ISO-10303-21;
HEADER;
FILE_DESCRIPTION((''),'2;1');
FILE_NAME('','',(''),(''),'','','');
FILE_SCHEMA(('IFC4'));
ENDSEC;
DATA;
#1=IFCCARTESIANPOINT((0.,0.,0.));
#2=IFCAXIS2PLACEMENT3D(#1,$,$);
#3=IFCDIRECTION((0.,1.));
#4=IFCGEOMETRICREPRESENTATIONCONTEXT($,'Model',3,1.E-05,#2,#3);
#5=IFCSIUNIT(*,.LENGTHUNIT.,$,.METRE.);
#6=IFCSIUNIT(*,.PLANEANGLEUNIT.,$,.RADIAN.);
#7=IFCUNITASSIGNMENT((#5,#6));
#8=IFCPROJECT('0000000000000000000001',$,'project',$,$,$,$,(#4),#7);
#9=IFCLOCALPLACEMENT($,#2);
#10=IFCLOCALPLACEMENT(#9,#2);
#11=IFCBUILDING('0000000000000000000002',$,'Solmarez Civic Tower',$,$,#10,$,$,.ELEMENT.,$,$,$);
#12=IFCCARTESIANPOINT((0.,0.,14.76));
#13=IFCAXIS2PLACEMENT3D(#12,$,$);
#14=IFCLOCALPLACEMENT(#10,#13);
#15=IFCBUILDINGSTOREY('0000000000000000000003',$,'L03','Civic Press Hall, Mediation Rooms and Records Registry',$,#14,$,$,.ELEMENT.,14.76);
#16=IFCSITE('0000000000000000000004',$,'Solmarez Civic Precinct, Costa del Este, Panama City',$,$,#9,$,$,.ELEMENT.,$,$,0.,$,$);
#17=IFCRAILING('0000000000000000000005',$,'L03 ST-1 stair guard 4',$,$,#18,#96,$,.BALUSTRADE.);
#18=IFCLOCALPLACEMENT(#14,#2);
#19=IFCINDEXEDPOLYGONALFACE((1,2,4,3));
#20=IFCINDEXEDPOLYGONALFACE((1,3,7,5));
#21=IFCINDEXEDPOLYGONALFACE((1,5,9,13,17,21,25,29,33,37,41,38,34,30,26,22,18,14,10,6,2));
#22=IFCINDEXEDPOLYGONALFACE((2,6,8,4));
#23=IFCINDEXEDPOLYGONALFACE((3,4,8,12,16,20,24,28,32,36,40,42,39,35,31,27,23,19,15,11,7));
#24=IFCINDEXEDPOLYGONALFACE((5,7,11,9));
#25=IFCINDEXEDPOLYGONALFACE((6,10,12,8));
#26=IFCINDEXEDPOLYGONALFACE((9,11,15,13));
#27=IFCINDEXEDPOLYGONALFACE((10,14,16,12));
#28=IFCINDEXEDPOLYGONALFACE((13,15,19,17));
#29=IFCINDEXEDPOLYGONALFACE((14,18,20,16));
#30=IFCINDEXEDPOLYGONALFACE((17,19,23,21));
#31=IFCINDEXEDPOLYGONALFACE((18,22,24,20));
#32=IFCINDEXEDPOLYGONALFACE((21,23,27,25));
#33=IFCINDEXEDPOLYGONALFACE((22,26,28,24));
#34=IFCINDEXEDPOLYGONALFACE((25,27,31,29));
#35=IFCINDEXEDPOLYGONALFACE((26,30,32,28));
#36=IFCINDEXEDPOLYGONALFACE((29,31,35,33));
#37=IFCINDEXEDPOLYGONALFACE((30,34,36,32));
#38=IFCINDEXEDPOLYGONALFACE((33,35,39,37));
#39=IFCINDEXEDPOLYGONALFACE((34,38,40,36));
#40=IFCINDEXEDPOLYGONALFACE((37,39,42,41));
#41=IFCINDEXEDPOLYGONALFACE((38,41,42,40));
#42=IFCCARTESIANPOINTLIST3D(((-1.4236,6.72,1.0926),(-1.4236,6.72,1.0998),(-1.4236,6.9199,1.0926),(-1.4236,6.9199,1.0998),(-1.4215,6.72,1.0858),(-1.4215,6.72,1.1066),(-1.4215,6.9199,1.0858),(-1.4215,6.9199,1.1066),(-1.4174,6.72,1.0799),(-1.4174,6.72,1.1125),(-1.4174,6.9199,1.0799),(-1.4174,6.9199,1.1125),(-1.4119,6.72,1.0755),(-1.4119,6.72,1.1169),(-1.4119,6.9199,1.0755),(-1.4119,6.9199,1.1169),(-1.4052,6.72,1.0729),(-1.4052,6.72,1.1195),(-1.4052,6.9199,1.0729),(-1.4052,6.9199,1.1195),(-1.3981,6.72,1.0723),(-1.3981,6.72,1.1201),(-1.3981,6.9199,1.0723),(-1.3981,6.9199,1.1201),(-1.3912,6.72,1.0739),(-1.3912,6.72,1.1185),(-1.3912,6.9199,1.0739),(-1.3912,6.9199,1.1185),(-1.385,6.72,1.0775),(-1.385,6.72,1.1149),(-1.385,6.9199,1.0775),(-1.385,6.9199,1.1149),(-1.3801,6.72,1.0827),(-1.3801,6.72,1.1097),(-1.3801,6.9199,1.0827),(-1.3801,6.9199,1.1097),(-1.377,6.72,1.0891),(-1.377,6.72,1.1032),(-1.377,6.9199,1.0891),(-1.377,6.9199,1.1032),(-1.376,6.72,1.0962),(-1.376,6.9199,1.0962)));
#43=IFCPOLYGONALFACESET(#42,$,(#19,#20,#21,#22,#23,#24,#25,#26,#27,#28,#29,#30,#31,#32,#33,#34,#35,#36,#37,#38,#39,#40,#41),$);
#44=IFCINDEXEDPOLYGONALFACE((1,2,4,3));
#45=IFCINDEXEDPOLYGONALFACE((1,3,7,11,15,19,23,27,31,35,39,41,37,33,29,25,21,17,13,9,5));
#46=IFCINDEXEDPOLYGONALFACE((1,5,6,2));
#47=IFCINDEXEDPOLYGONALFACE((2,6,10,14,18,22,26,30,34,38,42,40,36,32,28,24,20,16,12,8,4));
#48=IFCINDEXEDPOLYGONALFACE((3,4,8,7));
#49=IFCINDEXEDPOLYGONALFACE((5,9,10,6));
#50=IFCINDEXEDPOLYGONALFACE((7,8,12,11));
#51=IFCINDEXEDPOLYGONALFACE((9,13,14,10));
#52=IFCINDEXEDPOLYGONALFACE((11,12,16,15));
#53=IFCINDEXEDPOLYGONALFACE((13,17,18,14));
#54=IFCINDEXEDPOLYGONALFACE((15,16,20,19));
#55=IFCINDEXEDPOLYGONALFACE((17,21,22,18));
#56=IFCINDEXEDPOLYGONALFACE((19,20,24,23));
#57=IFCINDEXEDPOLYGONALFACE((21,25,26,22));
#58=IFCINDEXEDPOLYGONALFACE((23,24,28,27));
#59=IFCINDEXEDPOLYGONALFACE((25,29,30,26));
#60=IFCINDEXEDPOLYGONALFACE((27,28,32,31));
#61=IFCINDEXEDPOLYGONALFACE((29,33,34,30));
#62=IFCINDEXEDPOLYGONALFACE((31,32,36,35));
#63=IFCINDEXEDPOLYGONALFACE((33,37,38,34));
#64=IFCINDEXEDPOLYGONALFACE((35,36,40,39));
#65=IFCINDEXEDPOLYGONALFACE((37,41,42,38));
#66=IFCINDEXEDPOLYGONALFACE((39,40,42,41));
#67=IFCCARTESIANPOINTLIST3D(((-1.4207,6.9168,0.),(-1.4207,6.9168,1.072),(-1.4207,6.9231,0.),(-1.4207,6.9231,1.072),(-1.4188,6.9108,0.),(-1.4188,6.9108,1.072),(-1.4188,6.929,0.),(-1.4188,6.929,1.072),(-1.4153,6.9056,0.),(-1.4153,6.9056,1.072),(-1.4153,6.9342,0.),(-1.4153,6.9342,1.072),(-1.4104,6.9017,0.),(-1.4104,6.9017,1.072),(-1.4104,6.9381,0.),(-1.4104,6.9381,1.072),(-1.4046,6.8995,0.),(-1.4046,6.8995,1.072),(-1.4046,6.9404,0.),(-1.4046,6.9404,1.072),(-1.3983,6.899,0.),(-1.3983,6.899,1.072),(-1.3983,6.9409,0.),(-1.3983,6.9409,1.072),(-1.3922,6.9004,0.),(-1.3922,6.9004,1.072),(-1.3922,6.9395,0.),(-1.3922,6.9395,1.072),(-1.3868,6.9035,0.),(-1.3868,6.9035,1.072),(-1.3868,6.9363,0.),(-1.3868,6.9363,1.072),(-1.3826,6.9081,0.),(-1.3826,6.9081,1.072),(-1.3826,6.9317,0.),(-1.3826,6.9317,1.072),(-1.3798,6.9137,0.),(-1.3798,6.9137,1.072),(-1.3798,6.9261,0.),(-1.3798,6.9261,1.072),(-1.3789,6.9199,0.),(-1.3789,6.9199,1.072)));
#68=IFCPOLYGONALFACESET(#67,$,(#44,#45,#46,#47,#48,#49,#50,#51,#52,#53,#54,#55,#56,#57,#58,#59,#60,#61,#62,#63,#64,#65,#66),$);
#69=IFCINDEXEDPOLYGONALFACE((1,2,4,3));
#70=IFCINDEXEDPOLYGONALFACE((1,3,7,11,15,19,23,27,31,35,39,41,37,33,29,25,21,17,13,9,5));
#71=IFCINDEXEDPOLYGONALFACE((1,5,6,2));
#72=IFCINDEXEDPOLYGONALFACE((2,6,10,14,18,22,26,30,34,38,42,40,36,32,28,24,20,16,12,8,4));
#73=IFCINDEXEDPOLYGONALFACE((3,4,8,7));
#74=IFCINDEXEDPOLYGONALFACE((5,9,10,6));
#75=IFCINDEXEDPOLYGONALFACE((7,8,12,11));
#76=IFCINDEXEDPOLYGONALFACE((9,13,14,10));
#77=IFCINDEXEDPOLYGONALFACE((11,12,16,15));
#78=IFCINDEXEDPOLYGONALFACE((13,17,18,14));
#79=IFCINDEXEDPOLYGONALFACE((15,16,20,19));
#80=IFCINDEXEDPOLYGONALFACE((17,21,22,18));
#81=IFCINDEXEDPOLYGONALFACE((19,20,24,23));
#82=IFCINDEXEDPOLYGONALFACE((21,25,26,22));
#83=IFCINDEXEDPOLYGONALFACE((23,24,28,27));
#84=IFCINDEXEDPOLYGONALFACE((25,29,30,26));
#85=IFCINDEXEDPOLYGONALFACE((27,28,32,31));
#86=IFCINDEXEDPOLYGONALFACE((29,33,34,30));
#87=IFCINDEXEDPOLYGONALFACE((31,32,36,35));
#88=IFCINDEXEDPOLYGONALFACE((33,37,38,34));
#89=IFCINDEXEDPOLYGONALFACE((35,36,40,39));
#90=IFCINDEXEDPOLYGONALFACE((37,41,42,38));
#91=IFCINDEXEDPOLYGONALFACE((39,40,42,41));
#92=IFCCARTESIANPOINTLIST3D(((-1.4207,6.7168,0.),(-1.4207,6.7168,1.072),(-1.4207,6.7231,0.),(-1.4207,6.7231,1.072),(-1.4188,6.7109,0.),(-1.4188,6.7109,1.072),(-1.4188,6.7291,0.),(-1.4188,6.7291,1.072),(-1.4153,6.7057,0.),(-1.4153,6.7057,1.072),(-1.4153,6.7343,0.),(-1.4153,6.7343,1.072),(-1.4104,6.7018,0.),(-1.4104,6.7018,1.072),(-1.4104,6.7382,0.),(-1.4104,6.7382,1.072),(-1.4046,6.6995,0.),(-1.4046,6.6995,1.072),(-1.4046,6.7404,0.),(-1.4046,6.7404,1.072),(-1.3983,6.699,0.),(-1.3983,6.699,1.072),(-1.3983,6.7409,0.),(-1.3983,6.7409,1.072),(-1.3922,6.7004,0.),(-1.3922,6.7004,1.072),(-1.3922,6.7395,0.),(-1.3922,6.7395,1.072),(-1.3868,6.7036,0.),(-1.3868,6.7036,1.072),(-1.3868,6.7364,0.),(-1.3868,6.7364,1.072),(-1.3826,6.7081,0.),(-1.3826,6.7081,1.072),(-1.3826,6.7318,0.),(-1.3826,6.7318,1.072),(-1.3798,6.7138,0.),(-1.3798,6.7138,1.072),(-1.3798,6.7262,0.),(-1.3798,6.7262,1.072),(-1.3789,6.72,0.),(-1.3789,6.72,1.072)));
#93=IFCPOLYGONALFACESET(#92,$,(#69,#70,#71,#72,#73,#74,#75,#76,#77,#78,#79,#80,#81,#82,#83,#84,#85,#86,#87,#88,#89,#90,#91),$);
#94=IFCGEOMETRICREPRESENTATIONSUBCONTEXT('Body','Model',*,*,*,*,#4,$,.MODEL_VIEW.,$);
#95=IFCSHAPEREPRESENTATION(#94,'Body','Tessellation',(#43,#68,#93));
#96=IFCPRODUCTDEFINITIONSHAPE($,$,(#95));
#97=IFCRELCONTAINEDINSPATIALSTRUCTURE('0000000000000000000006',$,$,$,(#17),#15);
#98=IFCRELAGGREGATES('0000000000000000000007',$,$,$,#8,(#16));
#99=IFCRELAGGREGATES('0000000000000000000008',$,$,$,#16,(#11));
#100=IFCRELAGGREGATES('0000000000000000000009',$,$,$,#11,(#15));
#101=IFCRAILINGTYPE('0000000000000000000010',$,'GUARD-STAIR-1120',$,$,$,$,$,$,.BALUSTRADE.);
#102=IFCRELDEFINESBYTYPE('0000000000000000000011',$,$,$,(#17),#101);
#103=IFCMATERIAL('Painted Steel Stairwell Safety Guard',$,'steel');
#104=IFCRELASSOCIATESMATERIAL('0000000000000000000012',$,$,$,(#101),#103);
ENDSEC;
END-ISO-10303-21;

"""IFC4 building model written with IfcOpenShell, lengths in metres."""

from ifc_helpers import new_model, si_unit, direction, frame, origin, origin_2d, place, context, subcontext, project, spatial, circle, extrude, material, type_object, element, save


model = new_model("IFC4")

# Units and contexts
model_context = context("Model", 3, precision=1e-05, world=origin(), true_north=direction((0.0, 1.0)))
body_context = subcontext(model_context, "Body", "Model", "MODEL_VIEW")
ifc_project = project(units=[si_unit("LENGTHUNIT", "METRE"), si_unit("PLANEANGLEUNIT", "RADIAN")], contexts=[model_context])

# Site, building, storey
site_placement = place(None, origin())
site = spatial("IfcSite", under=ifc_project, at=site_placement, Name="Solmarez Civic Precinct, Costa del Este, Panama City", CompositionType="ELEMENT", RefElevation=0.0)
building_placement = place(site_placement, origin())
building = spatial("IfcBuilding", under=site, at=building_placement, Name="Solmarez Civic Tower", CompositionType="ELEMENT")
storey_placement = place(building_placement, frame((0.0, 0.0, 14.76)))
storey = spatial("IfcBuildingStorey", under=building, at=storey_placement, Name="L03", Description="Civic Press Hall, Mediation Rooms and Records Registry", CompositionType="ELEMENT", Elevation=14.76)

# Railing
ifc_material_1 = material(Name="Painted Steel Stairwell Safety Guard", Category="steel")
railing_type_1 = type_object("IfcRailingType", Name="GUARD-STAIR-1120", PredefinedType="BALUSTRADE", material=ifc_material_1)
railing_1_placement = place(storey_placement, frame((-1.3999, 6.9199, 0.0)))
element("IfcRailing", 1, at=railing_1_placement, inside=storey, type_object=railing_type_1, Name="L03 ST-1 stair guard 4", PredefinedType="BALUSTRADE", context=body_context, shape_type="SweptSolid", body=[
    extrude(circle(Radius=0.0239, at=origin_2d()), frame((0.0, 0.0, 1.0962), z_axis=(0.0, -1.0, 0.0), x_axis=(1.0, 0.0, 0.0)), (0.0, 0.0, 1.0), 0.2),
    extrude(circle(Radius=0.021, at=origin_2d()), origin(), (0.0, 0.0, 1.0), 1.072),
    extrude(circle(Radius=0.021, at=origin_2d()), frame((0.0, -0.2, 0.0)), (0.0, 0.0, 1.0), 1.072),
])

save(model, "model.ifc")
